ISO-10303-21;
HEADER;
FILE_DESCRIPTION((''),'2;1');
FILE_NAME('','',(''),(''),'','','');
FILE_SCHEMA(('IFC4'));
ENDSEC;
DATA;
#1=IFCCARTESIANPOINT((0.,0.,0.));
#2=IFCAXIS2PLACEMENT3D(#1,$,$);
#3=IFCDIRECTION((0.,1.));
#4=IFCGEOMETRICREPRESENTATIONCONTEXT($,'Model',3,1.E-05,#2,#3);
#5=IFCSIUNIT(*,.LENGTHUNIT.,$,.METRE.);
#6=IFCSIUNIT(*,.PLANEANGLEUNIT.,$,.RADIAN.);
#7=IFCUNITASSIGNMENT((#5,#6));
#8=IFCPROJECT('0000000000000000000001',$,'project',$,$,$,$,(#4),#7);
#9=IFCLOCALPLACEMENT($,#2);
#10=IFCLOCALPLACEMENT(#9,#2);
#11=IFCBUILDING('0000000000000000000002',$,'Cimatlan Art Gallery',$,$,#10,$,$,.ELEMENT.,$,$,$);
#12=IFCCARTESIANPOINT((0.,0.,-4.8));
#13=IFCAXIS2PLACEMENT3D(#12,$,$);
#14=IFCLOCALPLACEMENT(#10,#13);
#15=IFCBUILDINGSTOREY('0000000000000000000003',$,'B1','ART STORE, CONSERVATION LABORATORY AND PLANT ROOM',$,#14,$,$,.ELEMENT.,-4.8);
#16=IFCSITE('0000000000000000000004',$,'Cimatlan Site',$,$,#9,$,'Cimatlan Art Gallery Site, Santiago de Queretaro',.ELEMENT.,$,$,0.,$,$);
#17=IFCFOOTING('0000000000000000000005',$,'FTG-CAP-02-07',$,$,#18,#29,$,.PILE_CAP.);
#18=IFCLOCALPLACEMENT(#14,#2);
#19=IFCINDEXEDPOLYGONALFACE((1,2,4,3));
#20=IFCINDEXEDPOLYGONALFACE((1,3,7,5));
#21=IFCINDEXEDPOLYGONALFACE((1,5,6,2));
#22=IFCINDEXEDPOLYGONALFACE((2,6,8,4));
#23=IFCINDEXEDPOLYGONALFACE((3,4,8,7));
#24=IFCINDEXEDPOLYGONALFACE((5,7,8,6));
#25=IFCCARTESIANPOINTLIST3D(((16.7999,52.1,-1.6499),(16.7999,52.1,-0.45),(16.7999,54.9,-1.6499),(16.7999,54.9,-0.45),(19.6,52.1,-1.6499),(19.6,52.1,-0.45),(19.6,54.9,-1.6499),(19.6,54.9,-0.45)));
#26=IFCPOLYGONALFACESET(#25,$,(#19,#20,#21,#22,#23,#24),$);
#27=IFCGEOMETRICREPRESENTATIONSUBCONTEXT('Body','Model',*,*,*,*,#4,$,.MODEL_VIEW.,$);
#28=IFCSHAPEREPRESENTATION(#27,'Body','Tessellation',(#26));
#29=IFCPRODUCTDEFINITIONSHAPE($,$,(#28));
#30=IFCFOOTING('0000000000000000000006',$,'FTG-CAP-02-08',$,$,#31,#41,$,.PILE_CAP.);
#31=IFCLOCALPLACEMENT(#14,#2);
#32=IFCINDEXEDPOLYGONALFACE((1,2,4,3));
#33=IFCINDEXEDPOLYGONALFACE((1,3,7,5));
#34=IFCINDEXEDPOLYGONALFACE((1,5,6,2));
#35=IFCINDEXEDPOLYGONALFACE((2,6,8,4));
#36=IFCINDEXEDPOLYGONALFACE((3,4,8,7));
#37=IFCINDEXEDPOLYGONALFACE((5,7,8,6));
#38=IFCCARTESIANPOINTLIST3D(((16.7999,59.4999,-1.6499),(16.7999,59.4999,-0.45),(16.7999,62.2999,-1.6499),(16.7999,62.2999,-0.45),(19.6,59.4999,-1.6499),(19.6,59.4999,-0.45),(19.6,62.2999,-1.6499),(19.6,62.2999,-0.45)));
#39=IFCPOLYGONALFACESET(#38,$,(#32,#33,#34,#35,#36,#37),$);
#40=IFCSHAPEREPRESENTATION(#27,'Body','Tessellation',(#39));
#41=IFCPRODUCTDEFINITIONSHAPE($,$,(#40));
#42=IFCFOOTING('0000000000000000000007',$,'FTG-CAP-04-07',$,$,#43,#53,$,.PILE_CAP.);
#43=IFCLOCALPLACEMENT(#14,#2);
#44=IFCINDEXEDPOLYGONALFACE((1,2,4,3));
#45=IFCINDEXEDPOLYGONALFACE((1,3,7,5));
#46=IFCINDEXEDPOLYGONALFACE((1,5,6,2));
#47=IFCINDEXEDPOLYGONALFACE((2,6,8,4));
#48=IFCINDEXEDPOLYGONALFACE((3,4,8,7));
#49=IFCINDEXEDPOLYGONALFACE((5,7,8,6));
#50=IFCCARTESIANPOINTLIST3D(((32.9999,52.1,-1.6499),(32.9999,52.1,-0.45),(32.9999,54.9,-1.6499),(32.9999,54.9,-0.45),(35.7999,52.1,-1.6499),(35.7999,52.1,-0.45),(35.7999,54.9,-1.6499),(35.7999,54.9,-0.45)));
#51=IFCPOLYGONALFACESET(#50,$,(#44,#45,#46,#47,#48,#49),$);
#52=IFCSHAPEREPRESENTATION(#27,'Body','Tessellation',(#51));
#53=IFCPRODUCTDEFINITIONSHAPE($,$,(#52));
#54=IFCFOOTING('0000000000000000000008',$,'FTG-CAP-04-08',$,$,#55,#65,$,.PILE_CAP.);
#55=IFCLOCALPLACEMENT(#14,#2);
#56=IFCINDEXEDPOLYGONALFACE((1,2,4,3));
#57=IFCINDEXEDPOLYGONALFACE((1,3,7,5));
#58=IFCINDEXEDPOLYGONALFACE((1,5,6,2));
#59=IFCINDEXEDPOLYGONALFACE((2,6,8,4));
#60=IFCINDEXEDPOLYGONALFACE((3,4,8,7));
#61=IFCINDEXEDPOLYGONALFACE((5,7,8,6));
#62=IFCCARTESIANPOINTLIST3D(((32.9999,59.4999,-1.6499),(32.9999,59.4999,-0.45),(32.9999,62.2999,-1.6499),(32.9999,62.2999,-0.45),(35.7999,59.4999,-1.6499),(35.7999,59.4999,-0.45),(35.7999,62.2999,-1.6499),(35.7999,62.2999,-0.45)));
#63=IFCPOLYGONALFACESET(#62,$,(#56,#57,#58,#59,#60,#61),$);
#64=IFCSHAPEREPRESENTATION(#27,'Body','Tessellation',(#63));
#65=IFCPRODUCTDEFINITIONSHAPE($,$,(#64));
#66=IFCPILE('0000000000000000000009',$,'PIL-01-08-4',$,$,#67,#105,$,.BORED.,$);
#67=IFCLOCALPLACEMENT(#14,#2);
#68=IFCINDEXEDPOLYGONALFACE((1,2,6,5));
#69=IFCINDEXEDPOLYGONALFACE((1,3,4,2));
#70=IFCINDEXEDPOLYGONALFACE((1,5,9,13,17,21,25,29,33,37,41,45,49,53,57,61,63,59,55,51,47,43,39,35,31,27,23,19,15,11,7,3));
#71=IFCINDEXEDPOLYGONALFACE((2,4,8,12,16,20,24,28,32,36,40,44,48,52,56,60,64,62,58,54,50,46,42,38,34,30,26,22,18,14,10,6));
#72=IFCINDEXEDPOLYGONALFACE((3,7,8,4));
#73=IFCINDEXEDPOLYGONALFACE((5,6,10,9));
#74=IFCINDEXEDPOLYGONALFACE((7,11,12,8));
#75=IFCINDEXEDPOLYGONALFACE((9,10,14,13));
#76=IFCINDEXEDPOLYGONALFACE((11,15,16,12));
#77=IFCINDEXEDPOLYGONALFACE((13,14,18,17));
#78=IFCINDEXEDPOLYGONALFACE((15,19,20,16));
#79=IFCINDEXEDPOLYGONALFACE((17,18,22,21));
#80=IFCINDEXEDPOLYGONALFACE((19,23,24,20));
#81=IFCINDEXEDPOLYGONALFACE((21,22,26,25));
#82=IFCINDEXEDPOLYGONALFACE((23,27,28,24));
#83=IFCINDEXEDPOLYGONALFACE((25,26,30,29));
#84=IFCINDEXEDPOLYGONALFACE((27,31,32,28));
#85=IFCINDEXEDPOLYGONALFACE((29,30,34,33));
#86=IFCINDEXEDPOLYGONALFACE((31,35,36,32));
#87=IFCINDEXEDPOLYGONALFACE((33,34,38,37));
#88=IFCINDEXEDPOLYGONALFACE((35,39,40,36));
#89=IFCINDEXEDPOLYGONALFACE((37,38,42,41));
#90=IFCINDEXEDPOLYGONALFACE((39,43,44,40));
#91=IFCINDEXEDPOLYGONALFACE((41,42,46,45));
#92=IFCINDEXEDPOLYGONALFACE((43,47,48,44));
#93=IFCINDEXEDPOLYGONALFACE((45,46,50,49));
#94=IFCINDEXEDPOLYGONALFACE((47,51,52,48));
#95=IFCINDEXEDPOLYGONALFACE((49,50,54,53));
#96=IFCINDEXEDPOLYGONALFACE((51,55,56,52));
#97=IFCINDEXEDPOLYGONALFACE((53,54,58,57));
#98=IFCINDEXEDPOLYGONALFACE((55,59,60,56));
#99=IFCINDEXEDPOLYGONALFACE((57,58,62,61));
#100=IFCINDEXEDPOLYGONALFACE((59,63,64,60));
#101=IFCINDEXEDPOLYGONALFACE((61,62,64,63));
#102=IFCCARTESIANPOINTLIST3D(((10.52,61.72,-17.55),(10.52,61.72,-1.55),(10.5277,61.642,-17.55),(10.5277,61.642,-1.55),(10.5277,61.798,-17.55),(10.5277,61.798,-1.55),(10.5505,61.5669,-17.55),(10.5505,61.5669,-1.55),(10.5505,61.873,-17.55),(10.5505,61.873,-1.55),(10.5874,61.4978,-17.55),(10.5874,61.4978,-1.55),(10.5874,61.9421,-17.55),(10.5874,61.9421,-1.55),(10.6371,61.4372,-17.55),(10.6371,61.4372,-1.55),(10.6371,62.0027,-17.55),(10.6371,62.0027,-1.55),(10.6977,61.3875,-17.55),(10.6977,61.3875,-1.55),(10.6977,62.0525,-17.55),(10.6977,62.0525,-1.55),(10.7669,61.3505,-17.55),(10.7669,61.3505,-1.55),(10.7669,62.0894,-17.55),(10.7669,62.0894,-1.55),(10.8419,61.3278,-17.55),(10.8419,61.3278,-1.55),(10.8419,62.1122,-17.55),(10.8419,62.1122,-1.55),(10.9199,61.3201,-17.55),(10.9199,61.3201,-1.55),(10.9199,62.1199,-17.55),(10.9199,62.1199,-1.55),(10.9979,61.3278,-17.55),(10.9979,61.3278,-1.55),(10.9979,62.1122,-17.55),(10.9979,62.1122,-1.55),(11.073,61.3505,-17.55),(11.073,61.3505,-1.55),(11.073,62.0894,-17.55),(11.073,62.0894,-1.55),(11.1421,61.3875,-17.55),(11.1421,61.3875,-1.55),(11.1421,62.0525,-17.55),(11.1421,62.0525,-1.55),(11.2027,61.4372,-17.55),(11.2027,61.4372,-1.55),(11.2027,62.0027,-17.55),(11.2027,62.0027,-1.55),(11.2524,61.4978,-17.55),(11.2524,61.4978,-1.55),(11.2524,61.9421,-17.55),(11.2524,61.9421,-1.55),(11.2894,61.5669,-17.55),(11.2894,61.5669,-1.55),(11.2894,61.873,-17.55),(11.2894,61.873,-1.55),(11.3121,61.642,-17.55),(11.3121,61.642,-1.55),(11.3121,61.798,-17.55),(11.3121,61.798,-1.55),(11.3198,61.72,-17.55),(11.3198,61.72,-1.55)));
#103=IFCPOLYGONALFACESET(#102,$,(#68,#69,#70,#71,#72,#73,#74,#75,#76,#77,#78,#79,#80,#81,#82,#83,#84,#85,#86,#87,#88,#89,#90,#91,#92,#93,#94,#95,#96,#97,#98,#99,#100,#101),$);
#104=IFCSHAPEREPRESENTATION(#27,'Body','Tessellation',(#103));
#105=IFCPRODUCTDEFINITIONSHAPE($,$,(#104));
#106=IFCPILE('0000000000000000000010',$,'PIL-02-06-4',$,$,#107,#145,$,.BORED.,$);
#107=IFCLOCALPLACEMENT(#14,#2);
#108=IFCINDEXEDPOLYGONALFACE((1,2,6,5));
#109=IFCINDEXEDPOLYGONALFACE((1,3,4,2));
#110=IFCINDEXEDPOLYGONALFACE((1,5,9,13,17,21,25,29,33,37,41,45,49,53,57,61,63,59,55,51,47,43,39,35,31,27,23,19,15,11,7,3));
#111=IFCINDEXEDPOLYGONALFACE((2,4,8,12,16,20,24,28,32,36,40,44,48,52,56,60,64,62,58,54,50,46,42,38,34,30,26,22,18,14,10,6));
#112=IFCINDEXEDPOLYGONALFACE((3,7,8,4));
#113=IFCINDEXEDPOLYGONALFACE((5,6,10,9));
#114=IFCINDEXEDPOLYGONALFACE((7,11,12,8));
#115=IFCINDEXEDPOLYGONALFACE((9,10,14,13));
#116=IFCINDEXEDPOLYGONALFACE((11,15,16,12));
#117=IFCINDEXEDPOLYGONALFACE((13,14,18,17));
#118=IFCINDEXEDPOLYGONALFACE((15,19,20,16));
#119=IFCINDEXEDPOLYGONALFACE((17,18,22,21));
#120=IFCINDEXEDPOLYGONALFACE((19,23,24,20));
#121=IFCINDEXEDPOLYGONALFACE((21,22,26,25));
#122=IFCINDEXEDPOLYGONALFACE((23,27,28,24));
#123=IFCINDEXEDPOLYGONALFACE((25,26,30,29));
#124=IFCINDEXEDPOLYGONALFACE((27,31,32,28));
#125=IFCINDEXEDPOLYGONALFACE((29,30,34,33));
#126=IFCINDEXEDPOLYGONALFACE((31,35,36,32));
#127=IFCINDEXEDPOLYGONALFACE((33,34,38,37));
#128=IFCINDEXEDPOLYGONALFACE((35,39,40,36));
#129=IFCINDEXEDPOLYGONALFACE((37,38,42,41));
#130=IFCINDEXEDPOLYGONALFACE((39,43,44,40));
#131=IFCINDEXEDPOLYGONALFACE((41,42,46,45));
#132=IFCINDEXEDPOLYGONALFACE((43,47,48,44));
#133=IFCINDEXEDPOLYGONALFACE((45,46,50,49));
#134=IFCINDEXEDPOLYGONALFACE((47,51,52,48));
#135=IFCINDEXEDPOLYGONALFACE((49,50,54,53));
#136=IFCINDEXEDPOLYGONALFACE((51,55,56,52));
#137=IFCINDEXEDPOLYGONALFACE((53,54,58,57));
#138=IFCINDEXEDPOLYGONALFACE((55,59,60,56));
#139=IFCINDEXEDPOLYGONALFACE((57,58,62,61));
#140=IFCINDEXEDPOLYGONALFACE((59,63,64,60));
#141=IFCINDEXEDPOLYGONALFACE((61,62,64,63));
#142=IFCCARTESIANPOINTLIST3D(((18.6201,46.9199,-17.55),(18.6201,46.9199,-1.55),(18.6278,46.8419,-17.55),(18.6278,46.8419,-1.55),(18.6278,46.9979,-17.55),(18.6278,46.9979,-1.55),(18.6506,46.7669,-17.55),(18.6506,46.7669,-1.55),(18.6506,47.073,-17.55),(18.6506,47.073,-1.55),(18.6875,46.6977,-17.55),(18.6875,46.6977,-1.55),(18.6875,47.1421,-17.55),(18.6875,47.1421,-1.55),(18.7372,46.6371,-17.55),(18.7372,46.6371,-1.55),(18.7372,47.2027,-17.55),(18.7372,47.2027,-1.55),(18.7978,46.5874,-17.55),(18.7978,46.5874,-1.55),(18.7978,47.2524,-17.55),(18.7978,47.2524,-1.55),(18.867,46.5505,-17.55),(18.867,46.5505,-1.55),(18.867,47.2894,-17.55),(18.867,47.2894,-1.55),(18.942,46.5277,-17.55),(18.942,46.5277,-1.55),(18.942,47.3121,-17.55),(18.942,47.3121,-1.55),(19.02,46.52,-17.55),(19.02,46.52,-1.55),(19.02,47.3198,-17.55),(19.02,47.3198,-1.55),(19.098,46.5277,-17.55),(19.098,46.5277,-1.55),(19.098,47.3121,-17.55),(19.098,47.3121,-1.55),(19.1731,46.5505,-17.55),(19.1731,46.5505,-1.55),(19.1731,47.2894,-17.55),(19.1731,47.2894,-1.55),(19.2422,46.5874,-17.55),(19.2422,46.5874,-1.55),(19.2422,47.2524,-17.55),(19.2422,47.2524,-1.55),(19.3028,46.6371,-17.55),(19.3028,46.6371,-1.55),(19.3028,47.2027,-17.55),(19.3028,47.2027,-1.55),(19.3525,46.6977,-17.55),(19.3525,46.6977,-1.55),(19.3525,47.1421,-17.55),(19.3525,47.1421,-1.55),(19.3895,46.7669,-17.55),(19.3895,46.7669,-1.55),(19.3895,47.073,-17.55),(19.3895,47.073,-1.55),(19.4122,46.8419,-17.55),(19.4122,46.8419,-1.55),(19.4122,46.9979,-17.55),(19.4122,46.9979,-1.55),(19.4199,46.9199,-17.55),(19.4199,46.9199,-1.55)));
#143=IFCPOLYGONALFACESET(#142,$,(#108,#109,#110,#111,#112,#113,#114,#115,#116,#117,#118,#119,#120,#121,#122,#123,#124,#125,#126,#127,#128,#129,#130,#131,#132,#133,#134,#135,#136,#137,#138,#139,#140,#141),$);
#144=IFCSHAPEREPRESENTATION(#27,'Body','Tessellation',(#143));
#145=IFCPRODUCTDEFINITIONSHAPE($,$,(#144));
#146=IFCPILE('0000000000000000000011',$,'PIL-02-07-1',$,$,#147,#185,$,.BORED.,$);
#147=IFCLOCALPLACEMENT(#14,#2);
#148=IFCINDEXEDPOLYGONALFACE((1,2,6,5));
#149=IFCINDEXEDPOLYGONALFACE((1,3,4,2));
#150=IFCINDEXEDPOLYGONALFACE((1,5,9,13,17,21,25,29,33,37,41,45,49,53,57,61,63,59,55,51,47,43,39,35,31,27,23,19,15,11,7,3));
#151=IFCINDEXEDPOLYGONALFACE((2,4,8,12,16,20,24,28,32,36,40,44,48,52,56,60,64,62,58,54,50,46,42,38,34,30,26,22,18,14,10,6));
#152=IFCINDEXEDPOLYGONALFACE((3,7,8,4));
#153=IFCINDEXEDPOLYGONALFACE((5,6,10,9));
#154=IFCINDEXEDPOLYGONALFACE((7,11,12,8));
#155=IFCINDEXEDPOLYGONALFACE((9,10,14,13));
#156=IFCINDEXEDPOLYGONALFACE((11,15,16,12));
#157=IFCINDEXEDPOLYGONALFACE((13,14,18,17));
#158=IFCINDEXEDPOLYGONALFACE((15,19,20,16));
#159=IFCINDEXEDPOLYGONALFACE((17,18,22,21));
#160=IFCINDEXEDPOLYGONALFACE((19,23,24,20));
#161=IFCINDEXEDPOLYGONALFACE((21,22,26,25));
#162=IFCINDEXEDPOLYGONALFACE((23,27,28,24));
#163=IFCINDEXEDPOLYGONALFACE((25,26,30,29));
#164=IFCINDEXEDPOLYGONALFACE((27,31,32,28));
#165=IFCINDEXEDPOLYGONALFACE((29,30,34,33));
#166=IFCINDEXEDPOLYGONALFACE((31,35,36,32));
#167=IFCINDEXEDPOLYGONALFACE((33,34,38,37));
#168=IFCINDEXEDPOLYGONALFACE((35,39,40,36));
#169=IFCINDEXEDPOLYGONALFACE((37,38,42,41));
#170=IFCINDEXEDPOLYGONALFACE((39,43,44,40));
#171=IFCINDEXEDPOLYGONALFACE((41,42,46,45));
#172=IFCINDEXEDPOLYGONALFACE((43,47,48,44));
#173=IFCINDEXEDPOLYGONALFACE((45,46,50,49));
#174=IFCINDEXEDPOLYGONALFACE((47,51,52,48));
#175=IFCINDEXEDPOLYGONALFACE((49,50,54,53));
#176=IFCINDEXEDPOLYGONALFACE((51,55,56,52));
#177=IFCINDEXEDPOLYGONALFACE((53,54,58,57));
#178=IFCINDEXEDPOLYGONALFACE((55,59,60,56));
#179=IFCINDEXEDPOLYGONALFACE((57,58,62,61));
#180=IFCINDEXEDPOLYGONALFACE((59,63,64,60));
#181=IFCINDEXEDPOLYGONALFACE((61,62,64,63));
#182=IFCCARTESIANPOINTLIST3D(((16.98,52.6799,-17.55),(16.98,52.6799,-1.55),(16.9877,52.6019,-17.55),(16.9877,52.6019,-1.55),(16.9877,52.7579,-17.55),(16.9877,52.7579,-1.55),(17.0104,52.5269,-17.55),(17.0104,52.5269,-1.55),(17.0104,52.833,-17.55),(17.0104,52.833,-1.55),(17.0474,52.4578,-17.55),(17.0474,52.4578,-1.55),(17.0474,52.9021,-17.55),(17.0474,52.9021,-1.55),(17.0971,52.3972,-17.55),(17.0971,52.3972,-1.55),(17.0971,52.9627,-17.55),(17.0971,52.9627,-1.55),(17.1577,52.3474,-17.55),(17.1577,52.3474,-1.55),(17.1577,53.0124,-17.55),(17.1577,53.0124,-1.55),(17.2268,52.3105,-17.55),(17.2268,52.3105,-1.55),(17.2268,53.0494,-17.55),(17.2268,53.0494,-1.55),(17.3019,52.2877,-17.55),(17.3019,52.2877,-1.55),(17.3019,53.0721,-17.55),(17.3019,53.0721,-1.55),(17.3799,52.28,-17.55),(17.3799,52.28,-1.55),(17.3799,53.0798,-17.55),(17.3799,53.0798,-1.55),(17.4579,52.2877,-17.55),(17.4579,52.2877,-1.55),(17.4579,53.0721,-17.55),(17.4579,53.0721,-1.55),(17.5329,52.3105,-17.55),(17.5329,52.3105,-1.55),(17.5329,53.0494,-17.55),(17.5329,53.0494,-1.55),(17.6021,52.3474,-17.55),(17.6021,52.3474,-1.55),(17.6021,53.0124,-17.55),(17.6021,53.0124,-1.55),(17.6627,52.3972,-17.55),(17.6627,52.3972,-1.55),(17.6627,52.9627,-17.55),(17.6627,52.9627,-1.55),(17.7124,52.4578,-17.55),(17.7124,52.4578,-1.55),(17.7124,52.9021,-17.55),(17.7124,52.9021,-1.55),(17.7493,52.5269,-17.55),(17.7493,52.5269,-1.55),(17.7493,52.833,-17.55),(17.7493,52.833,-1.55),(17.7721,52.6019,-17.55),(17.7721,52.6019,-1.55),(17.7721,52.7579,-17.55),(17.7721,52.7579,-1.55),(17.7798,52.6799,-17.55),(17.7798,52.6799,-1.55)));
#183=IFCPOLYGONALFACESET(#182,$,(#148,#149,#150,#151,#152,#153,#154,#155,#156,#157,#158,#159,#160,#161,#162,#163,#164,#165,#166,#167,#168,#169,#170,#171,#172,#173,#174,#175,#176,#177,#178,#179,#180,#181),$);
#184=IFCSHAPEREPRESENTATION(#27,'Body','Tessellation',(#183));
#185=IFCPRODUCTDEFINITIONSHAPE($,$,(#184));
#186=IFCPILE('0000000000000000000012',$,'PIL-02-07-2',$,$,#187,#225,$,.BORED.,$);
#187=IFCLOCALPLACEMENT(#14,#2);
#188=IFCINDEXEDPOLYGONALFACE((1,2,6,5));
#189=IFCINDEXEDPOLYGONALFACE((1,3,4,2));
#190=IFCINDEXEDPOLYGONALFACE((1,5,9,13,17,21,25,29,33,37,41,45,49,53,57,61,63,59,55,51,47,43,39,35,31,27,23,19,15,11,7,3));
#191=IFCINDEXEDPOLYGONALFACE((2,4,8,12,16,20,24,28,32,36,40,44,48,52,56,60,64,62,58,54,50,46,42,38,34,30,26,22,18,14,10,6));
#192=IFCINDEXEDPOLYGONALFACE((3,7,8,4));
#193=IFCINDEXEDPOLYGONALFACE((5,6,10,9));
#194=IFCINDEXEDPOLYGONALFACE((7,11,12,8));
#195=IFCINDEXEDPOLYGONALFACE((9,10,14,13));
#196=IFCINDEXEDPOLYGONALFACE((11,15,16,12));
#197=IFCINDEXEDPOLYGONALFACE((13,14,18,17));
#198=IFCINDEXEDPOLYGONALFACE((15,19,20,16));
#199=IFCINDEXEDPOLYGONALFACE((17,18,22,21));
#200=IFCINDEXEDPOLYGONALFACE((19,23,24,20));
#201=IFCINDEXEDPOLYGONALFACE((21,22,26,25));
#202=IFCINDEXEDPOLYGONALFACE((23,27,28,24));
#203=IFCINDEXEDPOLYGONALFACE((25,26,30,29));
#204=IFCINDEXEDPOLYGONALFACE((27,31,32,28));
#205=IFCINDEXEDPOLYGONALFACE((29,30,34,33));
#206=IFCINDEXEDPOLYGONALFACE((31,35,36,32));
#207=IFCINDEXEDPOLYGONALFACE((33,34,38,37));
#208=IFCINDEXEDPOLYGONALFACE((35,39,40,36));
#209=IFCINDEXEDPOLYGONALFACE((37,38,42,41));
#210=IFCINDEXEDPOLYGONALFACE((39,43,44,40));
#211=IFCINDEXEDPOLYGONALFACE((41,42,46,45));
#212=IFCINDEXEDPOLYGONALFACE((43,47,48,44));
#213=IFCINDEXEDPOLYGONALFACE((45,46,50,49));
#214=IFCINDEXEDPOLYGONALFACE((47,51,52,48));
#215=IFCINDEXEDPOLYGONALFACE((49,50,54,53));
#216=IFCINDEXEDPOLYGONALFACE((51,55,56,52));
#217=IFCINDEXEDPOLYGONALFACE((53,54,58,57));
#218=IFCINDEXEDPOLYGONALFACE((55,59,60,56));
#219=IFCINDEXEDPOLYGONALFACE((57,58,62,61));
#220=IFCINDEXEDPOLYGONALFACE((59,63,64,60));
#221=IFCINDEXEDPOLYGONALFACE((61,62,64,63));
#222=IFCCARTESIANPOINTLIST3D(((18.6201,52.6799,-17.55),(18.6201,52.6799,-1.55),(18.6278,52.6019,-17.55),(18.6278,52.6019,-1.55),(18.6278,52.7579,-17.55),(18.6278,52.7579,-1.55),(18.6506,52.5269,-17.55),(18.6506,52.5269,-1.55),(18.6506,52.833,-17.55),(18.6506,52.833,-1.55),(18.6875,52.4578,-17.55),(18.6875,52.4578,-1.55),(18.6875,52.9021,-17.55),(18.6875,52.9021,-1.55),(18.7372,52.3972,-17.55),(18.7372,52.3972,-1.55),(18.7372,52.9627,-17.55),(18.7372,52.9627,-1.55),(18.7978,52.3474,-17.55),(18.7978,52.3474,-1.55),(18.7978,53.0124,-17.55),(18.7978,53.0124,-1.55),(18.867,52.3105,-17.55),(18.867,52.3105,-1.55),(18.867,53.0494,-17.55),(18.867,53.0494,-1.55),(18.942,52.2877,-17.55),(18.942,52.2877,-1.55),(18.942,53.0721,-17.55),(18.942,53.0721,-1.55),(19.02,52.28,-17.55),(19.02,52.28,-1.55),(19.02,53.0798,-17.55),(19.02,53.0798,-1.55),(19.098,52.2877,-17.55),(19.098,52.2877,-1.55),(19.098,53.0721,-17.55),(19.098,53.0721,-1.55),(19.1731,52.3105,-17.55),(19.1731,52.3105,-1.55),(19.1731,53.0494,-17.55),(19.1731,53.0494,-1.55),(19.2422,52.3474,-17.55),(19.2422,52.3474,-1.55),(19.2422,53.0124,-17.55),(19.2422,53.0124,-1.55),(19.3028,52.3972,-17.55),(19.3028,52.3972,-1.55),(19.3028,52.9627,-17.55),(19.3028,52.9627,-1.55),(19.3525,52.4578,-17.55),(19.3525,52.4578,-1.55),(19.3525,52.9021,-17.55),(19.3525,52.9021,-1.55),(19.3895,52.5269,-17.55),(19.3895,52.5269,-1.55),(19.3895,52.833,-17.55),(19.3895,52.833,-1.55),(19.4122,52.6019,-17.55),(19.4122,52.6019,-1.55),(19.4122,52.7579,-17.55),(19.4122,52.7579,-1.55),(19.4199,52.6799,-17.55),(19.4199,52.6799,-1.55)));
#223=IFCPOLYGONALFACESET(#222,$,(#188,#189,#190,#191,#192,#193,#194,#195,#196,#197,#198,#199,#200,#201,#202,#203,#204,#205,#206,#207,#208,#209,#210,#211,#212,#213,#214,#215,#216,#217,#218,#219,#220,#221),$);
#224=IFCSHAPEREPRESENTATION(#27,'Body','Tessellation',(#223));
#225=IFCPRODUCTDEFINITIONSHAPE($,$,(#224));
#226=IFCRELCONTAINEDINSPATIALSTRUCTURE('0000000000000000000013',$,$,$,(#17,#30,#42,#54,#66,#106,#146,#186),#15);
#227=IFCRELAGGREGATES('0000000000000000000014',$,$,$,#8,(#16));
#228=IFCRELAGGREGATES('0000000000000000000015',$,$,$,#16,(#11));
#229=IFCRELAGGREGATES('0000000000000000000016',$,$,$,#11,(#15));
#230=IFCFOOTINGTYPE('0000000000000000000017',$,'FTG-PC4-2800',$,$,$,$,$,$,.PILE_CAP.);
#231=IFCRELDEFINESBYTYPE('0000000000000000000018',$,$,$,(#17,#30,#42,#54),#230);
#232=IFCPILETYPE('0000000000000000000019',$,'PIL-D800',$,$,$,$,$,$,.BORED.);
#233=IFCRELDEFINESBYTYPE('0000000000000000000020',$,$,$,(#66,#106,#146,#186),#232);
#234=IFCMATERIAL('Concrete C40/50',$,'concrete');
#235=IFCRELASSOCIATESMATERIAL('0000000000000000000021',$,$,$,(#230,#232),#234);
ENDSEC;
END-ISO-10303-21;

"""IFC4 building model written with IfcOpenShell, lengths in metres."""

from ifc_helpers import new_model, si_unit, direction, frame, origin, origin_2d, place, context, subcontext, project, spatial, rectangle, circle, extrude, material, type_object, element, save


model = new_model("IFC4")

# Units and contexts
model_context = context("Model", 3, precision=1e-05, world=origin(), true_north=direction((0.0, 1.0)))
body_context = subcontext(model_context, "Body", "Model", "MODEL_VIEW")
ifc_project = project(units=[si_unit("LENGTHUNIT", "METRE"), si_unit("PLANEANGLEUNIT", "RADIAN")], contexts=[model_context])

# Site, building, storey
site_placement = place(None, origin())
site = spatial("IfcSite", under=ifc_project, at=site_placement, Name="Cimatlan Site", LongName="Cimatlan Art Gallery Site, Santiago de Queretaro", CompositionType="ELEMENT", RefElevation=0.0)
building_placement = place(site_placement, origin())
building = spatial("IfcBuilding", under=site, at=building_placement, Name="Cimatlan Art Gallery", CompositionType="ELEMENT")
storey_placement = place(building_placement, frame((0.0, 0.0, -4.8)))
storey = spatial("IfcBuildingStorey", under=building, at=storey_placement, Name="B1", Description="ART STORE, CONSERVATION LABORATORY AND PLANT ROOM", CompositionType="ELEMENT", Elevation=-4.8)

# Footings
ifc_material_1 = material(Name="Concrete C40/50", Category="concrete")
footing_type = type_object("IfcFootingType", Name="FTG-PC4-2800", PredefinedType="PILE_CAP", material=ifc_material_1)
for number, where, z_axis, x_axis, name in (
    (1, (18.2, 53.5, -1.6499), (0.0, 0.0, 1.0), (1.0, 0.0, 0.0), "FTG-CAP-02-07"),
    (2, (18.2, 60.8999, -1.6499), (0.0, 0.0, 1.0), (1.0, 0.0, 0.0), "FTG-CAP-02-08"),
    (3, (34.3999, 53.5, -1.6499), (0.0, 0.0, 1.0), (1.0, 0.0, 0.0), "FTG-CAP-04-07"),
    (4, (34.3999, 60.8999, -1.6499), (0.0, 0.0, 1.0), (1.0, 0.0, 0.0), "FTG-CAP-04-08"),
):
    element("IfcFooting", number, at=place(storey_placement, frame(where, z_axis=z_axis, x_axis=x_axis)), inside=storey, type_object=footing_type, Name=name, PredefinedType="PILE_CAP", context=body_context, shape_type="SweptSolid", body=[
        extrude(rectangle(XDim=2.8, YDim=2.8, at=origin_2d()), origin(), (0.0, 0.0, 1.0), 1.2),
    ])

# Piles
pile_type = type_object("IfcPileType", Name="PIL-D800", PredefinedType="BORED", material=ifc_material_1)
for number, where, z_axis, x_axis, name in (
    (5, (10.9199, 61.72, -1.55), (0.0, 0.0, -1.0), (1.0, 0.0, 0.0), "PIL-01-08-4"),
    (6, (19.02, 46.9199, -1.55), (0.0, 0.0, -1.0), (1.0, 0.0, 0.0), "PIL-02-06-4"),
    (7, (17.3799, 52.6799, -1.55), (0.0, 0.0, -1.0), (1.0, 0.0, 0.0), "PIL-02-07-1"),
    (8, (19.02, 52.6799, -1.55), (0.0, 0.0, -1.0), (1.0, 0.0, 0.0), "PIL-02-07-2"),
):
    element("IfcPile", number, at=place(storey_placement, frame(where, z_axis=z_axis, x_axis=x_axis)), inside=storey, type_object=pile_type, Name=name, PredefinedType="BORED", context=body_context, shape_type="SweptSolid", body=[
        extrude(circle(Radius=0.3999, at=origin_2d()), origin(), (0.0, 0.0, 1.0), 16.0),
    ])

save(model, "model.ifc")
